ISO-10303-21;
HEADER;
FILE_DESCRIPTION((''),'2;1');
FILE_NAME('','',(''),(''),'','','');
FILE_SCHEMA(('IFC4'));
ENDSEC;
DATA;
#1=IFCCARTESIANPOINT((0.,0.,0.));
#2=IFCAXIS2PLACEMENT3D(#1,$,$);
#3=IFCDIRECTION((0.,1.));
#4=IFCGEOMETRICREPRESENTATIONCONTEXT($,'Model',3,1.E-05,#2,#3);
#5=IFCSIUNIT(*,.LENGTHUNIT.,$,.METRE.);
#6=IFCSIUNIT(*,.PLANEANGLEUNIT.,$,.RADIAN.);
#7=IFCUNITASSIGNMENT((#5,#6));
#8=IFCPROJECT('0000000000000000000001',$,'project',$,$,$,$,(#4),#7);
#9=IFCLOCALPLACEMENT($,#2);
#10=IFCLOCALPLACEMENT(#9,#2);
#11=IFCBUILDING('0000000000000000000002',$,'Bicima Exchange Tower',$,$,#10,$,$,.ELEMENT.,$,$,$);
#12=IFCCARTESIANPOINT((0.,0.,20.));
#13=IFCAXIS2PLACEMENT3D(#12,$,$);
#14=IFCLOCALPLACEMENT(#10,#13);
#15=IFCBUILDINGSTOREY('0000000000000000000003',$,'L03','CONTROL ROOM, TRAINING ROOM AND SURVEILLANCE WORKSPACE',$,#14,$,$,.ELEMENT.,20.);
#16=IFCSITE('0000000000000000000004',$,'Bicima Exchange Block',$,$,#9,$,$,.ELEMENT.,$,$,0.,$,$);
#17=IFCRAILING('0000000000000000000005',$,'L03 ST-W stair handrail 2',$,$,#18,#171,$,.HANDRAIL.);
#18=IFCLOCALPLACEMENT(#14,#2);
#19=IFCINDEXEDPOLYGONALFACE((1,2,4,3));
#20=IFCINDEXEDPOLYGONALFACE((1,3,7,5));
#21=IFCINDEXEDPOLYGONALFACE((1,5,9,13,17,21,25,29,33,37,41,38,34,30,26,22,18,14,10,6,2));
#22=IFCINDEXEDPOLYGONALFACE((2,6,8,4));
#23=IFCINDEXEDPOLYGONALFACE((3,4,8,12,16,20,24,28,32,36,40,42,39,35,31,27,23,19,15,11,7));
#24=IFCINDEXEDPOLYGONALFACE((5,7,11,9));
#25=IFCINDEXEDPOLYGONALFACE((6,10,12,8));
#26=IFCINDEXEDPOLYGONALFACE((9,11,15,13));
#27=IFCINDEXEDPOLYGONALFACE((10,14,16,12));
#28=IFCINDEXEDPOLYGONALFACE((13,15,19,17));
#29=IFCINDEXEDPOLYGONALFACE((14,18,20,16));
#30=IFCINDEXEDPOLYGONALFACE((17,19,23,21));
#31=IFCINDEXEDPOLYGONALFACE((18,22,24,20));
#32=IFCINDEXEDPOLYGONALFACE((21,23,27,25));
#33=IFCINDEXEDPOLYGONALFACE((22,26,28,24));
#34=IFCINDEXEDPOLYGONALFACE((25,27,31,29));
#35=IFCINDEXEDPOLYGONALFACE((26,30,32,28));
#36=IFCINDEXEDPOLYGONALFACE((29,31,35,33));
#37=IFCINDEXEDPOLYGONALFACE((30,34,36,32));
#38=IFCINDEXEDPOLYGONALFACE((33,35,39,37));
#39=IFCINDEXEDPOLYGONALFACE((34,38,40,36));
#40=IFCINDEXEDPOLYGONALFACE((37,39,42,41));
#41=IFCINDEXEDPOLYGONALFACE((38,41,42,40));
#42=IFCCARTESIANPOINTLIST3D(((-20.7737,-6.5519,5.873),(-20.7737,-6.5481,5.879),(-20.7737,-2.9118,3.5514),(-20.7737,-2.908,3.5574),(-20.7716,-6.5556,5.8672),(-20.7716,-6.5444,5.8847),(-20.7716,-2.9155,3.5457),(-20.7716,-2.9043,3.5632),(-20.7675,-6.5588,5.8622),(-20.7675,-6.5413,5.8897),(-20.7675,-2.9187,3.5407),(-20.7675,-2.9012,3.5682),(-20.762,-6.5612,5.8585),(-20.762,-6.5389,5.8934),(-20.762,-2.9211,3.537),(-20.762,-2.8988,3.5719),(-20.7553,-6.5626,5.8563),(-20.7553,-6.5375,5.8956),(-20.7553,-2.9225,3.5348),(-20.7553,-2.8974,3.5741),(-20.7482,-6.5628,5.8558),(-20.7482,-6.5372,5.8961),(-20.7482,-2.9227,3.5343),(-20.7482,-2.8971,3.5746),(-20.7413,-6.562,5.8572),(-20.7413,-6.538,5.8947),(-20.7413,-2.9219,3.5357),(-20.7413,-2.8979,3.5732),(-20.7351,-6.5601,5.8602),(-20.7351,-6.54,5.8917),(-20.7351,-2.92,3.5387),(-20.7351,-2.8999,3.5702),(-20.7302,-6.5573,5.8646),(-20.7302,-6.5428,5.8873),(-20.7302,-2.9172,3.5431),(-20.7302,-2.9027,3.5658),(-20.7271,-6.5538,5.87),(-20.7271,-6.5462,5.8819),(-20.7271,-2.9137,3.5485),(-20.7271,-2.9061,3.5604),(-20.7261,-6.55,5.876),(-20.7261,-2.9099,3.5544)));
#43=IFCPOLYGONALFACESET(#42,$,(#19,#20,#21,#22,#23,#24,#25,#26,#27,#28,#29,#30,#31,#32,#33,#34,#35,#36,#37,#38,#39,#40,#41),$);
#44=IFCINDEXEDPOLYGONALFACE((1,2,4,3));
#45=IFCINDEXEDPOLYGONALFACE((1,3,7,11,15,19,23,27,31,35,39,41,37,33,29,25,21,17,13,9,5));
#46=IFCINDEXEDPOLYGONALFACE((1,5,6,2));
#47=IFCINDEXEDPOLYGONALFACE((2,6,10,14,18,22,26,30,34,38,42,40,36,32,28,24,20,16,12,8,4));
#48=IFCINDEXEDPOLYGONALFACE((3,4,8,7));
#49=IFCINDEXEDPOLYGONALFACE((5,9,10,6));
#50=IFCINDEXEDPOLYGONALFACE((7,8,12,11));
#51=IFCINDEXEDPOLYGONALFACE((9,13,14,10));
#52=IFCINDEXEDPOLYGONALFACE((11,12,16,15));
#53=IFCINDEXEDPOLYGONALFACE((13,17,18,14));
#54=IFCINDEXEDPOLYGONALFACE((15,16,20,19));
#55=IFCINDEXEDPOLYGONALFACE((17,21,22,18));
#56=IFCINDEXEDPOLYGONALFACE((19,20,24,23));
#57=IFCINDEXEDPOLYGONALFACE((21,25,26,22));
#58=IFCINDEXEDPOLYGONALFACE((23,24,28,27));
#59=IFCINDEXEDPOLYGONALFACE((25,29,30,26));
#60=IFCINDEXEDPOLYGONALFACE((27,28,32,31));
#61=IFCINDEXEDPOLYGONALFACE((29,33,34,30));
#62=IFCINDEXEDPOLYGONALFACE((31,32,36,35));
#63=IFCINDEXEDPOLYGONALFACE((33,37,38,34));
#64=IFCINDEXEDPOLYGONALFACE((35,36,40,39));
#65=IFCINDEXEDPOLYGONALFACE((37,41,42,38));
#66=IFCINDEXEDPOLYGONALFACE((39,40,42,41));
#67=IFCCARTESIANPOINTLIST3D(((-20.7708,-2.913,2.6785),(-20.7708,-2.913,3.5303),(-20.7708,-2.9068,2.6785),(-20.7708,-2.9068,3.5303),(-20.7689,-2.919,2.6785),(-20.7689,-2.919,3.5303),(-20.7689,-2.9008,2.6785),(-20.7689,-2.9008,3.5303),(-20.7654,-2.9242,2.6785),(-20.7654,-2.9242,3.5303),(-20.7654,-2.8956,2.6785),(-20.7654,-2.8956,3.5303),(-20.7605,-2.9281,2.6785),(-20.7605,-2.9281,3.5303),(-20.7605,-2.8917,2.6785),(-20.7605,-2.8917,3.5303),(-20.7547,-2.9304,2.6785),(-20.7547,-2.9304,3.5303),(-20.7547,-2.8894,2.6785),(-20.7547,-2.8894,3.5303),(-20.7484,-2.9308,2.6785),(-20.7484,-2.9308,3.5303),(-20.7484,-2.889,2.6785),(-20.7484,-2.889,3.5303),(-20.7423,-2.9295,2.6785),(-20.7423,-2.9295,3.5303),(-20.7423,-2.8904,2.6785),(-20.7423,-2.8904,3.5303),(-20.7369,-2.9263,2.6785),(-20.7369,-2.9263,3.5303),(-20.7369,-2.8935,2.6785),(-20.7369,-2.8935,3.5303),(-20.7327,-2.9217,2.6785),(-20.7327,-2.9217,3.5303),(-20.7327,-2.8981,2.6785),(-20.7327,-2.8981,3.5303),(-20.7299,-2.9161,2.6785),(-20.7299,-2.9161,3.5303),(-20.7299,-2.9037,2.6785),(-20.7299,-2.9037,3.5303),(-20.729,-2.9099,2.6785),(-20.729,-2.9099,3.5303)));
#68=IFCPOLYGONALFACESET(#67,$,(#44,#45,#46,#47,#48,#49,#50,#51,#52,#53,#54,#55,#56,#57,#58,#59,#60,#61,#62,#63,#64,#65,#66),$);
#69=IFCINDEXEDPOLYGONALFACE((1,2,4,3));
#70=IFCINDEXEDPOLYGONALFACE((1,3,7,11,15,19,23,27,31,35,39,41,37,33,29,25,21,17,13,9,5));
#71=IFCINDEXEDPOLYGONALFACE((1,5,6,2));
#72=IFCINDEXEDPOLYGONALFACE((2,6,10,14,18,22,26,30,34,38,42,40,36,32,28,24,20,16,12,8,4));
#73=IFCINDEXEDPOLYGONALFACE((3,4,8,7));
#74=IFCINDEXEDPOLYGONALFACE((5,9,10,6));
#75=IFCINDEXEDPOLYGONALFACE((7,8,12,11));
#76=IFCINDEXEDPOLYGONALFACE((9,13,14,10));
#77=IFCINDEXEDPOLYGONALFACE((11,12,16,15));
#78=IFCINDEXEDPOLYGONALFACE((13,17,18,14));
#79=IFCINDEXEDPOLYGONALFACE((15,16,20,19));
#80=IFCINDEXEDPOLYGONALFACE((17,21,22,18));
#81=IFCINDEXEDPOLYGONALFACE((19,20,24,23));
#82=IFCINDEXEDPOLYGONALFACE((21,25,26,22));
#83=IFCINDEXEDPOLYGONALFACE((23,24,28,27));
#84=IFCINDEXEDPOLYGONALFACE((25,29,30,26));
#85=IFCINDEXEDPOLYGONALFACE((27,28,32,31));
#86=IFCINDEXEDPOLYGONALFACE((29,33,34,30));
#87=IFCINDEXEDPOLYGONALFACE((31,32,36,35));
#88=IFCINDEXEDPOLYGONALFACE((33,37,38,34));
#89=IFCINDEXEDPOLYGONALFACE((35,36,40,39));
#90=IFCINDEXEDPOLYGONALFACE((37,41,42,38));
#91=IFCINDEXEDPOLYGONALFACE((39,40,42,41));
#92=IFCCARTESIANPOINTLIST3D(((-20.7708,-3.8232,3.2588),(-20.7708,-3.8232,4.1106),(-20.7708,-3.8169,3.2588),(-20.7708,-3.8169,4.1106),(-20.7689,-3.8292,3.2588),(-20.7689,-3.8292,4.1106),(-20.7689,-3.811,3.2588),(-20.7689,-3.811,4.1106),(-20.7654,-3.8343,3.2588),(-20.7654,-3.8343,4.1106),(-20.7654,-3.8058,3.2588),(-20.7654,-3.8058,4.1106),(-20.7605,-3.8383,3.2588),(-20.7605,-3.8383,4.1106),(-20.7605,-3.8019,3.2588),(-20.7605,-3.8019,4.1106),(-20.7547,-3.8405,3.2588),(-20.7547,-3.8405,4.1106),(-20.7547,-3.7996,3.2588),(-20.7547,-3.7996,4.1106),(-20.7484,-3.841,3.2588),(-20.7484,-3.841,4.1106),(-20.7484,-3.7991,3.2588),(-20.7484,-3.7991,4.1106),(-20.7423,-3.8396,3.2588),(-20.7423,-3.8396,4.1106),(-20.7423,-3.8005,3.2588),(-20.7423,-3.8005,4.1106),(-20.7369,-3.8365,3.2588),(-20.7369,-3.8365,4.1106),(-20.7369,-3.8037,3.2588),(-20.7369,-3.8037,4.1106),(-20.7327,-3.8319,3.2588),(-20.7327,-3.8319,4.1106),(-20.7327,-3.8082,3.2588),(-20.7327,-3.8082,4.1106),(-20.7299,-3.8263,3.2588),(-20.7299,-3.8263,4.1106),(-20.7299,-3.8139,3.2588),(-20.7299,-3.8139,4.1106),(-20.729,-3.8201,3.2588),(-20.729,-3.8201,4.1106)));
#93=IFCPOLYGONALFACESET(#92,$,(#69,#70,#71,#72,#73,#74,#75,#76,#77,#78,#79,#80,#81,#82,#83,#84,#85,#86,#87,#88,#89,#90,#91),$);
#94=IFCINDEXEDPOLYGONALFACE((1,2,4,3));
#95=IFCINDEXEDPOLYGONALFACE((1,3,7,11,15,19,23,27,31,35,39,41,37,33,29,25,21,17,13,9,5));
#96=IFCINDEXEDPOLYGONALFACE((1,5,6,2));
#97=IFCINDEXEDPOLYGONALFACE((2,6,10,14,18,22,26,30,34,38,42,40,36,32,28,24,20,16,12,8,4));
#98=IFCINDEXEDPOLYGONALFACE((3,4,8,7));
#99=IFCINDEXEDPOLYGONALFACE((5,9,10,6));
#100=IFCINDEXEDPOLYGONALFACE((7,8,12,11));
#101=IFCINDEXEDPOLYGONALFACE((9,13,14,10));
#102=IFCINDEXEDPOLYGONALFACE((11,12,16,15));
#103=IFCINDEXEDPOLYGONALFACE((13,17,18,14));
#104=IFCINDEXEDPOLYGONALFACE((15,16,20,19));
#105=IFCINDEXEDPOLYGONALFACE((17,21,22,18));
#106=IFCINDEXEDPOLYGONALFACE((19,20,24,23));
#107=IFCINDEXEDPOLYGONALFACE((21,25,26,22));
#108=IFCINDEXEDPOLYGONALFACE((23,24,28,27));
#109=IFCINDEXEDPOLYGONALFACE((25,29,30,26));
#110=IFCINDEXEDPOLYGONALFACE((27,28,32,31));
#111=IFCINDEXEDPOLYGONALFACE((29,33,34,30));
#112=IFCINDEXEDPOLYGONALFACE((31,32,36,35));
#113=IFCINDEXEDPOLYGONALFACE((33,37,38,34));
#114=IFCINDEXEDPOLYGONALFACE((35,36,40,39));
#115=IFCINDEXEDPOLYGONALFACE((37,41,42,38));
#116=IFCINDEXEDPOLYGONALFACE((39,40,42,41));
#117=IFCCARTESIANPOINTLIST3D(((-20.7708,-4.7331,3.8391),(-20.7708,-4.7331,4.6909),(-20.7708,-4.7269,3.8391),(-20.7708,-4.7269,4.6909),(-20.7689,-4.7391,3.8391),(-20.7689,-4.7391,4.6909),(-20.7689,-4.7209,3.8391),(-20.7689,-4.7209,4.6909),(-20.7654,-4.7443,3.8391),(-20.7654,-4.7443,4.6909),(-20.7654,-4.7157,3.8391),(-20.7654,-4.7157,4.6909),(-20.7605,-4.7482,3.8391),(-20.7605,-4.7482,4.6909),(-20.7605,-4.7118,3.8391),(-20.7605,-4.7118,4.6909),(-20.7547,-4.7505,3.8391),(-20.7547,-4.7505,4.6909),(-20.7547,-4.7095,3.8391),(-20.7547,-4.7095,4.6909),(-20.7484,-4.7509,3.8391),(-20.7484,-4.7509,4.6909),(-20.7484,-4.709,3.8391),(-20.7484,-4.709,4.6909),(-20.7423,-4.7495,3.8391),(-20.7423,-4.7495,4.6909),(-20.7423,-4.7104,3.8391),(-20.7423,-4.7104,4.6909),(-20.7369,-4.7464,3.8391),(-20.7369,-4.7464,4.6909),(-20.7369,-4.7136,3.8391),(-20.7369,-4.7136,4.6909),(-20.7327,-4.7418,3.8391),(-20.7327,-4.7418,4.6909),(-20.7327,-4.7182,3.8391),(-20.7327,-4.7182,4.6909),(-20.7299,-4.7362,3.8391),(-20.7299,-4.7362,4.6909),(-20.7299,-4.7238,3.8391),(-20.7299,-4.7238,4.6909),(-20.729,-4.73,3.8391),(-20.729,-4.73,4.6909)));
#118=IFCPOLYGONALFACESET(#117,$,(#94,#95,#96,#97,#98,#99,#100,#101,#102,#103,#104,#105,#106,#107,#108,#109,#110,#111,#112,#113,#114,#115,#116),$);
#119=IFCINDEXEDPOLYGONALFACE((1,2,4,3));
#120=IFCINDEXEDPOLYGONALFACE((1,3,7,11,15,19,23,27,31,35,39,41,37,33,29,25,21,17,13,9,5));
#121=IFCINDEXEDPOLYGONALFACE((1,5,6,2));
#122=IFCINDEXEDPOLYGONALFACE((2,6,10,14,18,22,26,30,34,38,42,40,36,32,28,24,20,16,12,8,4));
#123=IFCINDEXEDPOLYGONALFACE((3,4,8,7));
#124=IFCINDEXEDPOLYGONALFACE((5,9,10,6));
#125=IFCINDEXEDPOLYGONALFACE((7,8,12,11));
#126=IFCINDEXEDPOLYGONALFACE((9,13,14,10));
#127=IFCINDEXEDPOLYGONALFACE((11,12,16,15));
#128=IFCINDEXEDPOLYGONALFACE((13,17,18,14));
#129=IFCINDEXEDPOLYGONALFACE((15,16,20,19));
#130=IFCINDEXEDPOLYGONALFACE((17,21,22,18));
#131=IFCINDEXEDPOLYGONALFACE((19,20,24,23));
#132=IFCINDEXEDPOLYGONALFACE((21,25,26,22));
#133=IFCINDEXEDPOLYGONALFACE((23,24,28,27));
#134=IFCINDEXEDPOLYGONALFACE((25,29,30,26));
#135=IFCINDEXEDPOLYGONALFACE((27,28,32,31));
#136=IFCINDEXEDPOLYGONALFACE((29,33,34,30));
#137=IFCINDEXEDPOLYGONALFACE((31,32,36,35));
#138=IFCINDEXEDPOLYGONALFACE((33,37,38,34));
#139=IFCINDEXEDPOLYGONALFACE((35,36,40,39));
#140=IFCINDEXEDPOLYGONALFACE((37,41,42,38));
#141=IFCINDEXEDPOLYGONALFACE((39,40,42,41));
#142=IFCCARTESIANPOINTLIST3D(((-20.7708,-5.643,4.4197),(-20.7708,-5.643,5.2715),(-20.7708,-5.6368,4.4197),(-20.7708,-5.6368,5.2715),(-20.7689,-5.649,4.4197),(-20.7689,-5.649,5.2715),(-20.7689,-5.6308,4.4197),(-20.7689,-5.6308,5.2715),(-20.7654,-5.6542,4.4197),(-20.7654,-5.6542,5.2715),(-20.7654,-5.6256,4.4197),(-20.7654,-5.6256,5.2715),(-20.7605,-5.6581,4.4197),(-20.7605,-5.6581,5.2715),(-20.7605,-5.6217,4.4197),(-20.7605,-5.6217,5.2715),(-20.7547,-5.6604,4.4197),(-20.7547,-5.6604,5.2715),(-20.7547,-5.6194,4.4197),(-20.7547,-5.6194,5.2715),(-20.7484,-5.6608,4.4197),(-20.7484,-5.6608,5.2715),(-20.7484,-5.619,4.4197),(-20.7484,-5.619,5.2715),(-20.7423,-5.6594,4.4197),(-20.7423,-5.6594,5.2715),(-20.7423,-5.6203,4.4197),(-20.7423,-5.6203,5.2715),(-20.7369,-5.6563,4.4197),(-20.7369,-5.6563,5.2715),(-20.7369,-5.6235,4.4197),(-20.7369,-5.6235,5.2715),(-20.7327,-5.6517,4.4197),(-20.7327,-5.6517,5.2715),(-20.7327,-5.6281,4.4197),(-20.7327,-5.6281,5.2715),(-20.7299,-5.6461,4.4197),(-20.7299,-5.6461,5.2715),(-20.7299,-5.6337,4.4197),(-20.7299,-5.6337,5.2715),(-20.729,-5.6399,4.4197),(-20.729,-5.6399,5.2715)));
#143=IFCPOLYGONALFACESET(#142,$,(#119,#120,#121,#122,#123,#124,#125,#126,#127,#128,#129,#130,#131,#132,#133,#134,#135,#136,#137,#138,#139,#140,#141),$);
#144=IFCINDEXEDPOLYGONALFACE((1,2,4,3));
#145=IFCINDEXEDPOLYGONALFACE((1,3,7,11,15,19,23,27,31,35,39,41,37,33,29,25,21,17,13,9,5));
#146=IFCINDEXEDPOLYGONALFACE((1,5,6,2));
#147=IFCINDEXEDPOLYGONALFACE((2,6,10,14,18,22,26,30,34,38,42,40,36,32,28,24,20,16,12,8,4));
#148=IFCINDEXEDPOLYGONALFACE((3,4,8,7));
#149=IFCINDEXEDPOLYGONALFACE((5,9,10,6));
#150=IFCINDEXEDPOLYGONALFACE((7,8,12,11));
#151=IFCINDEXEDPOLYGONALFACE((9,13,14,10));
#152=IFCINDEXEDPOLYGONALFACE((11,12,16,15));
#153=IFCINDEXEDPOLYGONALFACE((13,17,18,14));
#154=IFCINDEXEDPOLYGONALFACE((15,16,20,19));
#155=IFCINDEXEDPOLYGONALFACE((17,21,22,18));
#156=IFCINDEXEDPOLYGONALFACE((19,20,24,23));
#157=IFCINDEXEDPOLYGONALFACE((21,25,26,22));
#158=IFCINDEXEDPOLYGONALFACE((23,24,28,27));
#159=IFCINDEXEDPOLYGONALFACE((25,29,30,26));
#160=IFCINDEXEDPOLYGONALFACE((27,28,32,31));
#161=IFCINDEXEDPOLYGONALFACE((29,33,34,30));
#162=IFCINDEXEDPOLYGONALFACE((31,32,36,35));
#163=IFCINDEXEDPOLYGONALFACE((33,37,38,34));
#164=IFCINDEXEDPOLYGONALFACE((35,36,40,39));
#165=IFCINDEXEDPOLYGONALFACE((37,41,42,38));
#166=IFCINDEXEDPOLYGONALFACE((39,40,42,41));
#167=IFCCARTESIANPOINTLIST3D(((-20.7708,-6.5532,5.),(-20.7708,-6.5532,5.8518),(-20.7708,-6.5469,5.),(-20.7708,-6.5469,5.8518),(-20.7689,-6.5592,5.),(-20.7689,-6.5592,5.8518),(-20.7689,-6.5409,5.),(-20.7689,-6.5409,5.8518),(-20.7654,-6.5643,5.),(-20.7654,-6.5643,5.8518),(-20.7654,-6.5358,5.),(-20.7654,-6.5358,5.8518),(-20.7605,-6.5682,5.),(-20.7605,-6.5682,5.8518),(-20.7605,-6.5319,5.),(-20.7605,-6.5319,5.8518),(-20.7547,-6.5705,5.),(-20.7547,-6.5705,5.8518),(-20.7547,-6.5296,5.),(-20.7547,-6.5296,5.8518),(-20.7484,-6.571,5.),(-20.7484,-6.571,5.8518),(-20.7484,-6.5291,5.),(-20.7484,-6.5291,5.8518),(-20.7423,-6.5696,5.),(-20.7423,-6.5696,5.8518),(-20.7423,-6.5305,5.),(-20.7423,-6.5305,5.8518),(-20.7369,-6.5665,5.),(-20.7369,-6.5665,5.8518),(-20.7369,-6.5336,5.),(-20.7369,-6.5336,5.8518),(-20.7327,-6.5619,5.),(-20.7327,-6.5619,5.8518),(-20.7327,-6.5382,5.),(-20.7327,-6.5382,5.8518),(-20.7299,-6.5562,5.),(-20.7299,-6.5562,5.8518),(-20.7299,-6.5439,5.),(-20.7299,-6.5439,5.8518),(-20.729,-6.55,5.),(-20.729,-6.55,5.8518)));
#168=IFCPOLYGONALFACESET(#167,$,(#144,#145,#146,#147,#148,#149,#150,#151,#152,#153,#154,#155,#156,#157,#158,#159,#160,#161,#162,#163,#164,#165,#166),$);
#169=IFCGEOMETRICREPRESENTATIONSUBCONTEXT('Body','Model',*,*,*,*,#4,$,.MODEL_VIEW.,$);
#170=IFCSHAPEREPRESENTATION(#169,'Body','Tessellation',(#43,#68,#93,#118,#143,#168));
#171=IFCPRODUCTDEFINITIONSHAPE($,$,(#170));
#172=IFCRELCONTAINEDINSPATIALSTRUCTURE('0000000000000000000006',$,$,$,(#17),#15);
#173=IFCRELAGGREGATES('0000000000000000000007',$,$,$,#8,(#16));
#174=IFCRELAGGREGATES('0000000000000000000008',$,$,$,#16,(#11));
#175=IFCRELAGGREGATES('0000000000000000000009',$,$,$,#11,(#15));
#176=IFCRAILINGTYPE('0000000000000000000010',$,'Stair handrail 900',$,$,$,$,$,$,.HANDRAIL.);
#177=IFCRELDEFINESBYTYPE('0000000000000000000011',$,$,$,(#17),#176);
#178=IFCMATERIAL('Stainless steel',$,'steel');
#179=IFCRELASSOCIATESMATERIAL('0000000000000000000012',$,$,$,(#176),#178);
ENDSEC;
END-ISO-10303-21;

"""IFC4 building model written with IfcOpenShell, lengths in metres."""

from ifc_helpers import new_model, si_unit, direction, frame, origin, origin_2d, place, context, subcontext, project, spatial, circle, extrude, material, type_object, element, save


model = new_model("IFC4")

# Units and contexts
model_context = context("Model", 3, precision=1e-05, world=origin(), true_north=direction((0.0, 1.0)))
body_context = subcontext(model_context, "Body", "Model", "MODEL_VIEW")
ifc_project = project(units=[si_unit("LENGTHUNIT", "METRE"), si_unit("PLANEANGLEUNIT", "RADIAN")], contexts=[model_context])

# Site, building, storey
site_placement = place(None, origin())
site = spatial("IfcSite", under=ifc_project, at=site_placement, Name="Bicima Exchange Block", CompositionType="ELEMENT", RefElevation=0.0)
building_placement = place(site_placement, origin())
building = spatial("IfcBuilding", under=site, at=building_placement, Name="Bicima Exchange Tower", CompositionType="ELEMENT")
storey_placement = place(building_placement, frame((0.0, 0.0, 20.0)))
storey = spatial("IfcBuildingStorey", under=building, at=storey_placement, Name="L03", Description="CONTROL ROOM, TRAINING ROOM AND SURVEILLANCE WORKSPACE", CompositionType="ELEMENT", Elevation=20.0)

# Shared definitions
ifc_material_1 = material(Name="Stainless steel", Category="steel")

# Railing
railing_type = type_object("IfcRailingType", Name="Stair handrail 900", PredefinedType="HANDRAIL", material=ifc_material_1)
railing_1_placement = place(storey_placement, frame((-20.75, -2.9099, 2.6785)))
element("IfcRailing", 1, at=railing_1_placement, inside=storey, type_object=railing_type, Name="L03 ST-W stair handrail 2", PredefinedType="HANDRAIL", context=body_context, shape_type="SweptSolid", body=[
    extrude(circle(Radius=0.0239, at=origin_2d()), frame((0.0, 0.0, 0.876), z_axis=(0.0, -0.843128, 0.537713), x_axis=(1.0, 0.0, 0.0)), (0.0, 0.0, 1.0), 4.3174),
    extrude(circle(Radius=0.021, at=origin_2d()), origin(), (0.0, 0.0, 1.0), 0.8518),
    extrude(circle(Radius=0.021, at=origin_2d()), frame((0.0, -0.9102, 0.5803)), (0.0, 0.0, 1.0), 0.8518),
    extrude(circle(Radius=0.021, at=origin_2d()), frame((0.0, -1.8201, 1.1606)), (0.0, 0.0, 1.0), 0.8518),
    extrude(circle(Radius=0.021, at=origin_2d()), frame((0.0, -2.73, 1.7412)), (0.0, 0.0, 1.0), 0.8518),
    extrude(circle(Radius=0.021, at=origin_2d()), frame((0.0, -3.6401, 2.3215)), (0.0, 0.0, 1.0), 0.8518),
])

save(model, "model.ifc")
